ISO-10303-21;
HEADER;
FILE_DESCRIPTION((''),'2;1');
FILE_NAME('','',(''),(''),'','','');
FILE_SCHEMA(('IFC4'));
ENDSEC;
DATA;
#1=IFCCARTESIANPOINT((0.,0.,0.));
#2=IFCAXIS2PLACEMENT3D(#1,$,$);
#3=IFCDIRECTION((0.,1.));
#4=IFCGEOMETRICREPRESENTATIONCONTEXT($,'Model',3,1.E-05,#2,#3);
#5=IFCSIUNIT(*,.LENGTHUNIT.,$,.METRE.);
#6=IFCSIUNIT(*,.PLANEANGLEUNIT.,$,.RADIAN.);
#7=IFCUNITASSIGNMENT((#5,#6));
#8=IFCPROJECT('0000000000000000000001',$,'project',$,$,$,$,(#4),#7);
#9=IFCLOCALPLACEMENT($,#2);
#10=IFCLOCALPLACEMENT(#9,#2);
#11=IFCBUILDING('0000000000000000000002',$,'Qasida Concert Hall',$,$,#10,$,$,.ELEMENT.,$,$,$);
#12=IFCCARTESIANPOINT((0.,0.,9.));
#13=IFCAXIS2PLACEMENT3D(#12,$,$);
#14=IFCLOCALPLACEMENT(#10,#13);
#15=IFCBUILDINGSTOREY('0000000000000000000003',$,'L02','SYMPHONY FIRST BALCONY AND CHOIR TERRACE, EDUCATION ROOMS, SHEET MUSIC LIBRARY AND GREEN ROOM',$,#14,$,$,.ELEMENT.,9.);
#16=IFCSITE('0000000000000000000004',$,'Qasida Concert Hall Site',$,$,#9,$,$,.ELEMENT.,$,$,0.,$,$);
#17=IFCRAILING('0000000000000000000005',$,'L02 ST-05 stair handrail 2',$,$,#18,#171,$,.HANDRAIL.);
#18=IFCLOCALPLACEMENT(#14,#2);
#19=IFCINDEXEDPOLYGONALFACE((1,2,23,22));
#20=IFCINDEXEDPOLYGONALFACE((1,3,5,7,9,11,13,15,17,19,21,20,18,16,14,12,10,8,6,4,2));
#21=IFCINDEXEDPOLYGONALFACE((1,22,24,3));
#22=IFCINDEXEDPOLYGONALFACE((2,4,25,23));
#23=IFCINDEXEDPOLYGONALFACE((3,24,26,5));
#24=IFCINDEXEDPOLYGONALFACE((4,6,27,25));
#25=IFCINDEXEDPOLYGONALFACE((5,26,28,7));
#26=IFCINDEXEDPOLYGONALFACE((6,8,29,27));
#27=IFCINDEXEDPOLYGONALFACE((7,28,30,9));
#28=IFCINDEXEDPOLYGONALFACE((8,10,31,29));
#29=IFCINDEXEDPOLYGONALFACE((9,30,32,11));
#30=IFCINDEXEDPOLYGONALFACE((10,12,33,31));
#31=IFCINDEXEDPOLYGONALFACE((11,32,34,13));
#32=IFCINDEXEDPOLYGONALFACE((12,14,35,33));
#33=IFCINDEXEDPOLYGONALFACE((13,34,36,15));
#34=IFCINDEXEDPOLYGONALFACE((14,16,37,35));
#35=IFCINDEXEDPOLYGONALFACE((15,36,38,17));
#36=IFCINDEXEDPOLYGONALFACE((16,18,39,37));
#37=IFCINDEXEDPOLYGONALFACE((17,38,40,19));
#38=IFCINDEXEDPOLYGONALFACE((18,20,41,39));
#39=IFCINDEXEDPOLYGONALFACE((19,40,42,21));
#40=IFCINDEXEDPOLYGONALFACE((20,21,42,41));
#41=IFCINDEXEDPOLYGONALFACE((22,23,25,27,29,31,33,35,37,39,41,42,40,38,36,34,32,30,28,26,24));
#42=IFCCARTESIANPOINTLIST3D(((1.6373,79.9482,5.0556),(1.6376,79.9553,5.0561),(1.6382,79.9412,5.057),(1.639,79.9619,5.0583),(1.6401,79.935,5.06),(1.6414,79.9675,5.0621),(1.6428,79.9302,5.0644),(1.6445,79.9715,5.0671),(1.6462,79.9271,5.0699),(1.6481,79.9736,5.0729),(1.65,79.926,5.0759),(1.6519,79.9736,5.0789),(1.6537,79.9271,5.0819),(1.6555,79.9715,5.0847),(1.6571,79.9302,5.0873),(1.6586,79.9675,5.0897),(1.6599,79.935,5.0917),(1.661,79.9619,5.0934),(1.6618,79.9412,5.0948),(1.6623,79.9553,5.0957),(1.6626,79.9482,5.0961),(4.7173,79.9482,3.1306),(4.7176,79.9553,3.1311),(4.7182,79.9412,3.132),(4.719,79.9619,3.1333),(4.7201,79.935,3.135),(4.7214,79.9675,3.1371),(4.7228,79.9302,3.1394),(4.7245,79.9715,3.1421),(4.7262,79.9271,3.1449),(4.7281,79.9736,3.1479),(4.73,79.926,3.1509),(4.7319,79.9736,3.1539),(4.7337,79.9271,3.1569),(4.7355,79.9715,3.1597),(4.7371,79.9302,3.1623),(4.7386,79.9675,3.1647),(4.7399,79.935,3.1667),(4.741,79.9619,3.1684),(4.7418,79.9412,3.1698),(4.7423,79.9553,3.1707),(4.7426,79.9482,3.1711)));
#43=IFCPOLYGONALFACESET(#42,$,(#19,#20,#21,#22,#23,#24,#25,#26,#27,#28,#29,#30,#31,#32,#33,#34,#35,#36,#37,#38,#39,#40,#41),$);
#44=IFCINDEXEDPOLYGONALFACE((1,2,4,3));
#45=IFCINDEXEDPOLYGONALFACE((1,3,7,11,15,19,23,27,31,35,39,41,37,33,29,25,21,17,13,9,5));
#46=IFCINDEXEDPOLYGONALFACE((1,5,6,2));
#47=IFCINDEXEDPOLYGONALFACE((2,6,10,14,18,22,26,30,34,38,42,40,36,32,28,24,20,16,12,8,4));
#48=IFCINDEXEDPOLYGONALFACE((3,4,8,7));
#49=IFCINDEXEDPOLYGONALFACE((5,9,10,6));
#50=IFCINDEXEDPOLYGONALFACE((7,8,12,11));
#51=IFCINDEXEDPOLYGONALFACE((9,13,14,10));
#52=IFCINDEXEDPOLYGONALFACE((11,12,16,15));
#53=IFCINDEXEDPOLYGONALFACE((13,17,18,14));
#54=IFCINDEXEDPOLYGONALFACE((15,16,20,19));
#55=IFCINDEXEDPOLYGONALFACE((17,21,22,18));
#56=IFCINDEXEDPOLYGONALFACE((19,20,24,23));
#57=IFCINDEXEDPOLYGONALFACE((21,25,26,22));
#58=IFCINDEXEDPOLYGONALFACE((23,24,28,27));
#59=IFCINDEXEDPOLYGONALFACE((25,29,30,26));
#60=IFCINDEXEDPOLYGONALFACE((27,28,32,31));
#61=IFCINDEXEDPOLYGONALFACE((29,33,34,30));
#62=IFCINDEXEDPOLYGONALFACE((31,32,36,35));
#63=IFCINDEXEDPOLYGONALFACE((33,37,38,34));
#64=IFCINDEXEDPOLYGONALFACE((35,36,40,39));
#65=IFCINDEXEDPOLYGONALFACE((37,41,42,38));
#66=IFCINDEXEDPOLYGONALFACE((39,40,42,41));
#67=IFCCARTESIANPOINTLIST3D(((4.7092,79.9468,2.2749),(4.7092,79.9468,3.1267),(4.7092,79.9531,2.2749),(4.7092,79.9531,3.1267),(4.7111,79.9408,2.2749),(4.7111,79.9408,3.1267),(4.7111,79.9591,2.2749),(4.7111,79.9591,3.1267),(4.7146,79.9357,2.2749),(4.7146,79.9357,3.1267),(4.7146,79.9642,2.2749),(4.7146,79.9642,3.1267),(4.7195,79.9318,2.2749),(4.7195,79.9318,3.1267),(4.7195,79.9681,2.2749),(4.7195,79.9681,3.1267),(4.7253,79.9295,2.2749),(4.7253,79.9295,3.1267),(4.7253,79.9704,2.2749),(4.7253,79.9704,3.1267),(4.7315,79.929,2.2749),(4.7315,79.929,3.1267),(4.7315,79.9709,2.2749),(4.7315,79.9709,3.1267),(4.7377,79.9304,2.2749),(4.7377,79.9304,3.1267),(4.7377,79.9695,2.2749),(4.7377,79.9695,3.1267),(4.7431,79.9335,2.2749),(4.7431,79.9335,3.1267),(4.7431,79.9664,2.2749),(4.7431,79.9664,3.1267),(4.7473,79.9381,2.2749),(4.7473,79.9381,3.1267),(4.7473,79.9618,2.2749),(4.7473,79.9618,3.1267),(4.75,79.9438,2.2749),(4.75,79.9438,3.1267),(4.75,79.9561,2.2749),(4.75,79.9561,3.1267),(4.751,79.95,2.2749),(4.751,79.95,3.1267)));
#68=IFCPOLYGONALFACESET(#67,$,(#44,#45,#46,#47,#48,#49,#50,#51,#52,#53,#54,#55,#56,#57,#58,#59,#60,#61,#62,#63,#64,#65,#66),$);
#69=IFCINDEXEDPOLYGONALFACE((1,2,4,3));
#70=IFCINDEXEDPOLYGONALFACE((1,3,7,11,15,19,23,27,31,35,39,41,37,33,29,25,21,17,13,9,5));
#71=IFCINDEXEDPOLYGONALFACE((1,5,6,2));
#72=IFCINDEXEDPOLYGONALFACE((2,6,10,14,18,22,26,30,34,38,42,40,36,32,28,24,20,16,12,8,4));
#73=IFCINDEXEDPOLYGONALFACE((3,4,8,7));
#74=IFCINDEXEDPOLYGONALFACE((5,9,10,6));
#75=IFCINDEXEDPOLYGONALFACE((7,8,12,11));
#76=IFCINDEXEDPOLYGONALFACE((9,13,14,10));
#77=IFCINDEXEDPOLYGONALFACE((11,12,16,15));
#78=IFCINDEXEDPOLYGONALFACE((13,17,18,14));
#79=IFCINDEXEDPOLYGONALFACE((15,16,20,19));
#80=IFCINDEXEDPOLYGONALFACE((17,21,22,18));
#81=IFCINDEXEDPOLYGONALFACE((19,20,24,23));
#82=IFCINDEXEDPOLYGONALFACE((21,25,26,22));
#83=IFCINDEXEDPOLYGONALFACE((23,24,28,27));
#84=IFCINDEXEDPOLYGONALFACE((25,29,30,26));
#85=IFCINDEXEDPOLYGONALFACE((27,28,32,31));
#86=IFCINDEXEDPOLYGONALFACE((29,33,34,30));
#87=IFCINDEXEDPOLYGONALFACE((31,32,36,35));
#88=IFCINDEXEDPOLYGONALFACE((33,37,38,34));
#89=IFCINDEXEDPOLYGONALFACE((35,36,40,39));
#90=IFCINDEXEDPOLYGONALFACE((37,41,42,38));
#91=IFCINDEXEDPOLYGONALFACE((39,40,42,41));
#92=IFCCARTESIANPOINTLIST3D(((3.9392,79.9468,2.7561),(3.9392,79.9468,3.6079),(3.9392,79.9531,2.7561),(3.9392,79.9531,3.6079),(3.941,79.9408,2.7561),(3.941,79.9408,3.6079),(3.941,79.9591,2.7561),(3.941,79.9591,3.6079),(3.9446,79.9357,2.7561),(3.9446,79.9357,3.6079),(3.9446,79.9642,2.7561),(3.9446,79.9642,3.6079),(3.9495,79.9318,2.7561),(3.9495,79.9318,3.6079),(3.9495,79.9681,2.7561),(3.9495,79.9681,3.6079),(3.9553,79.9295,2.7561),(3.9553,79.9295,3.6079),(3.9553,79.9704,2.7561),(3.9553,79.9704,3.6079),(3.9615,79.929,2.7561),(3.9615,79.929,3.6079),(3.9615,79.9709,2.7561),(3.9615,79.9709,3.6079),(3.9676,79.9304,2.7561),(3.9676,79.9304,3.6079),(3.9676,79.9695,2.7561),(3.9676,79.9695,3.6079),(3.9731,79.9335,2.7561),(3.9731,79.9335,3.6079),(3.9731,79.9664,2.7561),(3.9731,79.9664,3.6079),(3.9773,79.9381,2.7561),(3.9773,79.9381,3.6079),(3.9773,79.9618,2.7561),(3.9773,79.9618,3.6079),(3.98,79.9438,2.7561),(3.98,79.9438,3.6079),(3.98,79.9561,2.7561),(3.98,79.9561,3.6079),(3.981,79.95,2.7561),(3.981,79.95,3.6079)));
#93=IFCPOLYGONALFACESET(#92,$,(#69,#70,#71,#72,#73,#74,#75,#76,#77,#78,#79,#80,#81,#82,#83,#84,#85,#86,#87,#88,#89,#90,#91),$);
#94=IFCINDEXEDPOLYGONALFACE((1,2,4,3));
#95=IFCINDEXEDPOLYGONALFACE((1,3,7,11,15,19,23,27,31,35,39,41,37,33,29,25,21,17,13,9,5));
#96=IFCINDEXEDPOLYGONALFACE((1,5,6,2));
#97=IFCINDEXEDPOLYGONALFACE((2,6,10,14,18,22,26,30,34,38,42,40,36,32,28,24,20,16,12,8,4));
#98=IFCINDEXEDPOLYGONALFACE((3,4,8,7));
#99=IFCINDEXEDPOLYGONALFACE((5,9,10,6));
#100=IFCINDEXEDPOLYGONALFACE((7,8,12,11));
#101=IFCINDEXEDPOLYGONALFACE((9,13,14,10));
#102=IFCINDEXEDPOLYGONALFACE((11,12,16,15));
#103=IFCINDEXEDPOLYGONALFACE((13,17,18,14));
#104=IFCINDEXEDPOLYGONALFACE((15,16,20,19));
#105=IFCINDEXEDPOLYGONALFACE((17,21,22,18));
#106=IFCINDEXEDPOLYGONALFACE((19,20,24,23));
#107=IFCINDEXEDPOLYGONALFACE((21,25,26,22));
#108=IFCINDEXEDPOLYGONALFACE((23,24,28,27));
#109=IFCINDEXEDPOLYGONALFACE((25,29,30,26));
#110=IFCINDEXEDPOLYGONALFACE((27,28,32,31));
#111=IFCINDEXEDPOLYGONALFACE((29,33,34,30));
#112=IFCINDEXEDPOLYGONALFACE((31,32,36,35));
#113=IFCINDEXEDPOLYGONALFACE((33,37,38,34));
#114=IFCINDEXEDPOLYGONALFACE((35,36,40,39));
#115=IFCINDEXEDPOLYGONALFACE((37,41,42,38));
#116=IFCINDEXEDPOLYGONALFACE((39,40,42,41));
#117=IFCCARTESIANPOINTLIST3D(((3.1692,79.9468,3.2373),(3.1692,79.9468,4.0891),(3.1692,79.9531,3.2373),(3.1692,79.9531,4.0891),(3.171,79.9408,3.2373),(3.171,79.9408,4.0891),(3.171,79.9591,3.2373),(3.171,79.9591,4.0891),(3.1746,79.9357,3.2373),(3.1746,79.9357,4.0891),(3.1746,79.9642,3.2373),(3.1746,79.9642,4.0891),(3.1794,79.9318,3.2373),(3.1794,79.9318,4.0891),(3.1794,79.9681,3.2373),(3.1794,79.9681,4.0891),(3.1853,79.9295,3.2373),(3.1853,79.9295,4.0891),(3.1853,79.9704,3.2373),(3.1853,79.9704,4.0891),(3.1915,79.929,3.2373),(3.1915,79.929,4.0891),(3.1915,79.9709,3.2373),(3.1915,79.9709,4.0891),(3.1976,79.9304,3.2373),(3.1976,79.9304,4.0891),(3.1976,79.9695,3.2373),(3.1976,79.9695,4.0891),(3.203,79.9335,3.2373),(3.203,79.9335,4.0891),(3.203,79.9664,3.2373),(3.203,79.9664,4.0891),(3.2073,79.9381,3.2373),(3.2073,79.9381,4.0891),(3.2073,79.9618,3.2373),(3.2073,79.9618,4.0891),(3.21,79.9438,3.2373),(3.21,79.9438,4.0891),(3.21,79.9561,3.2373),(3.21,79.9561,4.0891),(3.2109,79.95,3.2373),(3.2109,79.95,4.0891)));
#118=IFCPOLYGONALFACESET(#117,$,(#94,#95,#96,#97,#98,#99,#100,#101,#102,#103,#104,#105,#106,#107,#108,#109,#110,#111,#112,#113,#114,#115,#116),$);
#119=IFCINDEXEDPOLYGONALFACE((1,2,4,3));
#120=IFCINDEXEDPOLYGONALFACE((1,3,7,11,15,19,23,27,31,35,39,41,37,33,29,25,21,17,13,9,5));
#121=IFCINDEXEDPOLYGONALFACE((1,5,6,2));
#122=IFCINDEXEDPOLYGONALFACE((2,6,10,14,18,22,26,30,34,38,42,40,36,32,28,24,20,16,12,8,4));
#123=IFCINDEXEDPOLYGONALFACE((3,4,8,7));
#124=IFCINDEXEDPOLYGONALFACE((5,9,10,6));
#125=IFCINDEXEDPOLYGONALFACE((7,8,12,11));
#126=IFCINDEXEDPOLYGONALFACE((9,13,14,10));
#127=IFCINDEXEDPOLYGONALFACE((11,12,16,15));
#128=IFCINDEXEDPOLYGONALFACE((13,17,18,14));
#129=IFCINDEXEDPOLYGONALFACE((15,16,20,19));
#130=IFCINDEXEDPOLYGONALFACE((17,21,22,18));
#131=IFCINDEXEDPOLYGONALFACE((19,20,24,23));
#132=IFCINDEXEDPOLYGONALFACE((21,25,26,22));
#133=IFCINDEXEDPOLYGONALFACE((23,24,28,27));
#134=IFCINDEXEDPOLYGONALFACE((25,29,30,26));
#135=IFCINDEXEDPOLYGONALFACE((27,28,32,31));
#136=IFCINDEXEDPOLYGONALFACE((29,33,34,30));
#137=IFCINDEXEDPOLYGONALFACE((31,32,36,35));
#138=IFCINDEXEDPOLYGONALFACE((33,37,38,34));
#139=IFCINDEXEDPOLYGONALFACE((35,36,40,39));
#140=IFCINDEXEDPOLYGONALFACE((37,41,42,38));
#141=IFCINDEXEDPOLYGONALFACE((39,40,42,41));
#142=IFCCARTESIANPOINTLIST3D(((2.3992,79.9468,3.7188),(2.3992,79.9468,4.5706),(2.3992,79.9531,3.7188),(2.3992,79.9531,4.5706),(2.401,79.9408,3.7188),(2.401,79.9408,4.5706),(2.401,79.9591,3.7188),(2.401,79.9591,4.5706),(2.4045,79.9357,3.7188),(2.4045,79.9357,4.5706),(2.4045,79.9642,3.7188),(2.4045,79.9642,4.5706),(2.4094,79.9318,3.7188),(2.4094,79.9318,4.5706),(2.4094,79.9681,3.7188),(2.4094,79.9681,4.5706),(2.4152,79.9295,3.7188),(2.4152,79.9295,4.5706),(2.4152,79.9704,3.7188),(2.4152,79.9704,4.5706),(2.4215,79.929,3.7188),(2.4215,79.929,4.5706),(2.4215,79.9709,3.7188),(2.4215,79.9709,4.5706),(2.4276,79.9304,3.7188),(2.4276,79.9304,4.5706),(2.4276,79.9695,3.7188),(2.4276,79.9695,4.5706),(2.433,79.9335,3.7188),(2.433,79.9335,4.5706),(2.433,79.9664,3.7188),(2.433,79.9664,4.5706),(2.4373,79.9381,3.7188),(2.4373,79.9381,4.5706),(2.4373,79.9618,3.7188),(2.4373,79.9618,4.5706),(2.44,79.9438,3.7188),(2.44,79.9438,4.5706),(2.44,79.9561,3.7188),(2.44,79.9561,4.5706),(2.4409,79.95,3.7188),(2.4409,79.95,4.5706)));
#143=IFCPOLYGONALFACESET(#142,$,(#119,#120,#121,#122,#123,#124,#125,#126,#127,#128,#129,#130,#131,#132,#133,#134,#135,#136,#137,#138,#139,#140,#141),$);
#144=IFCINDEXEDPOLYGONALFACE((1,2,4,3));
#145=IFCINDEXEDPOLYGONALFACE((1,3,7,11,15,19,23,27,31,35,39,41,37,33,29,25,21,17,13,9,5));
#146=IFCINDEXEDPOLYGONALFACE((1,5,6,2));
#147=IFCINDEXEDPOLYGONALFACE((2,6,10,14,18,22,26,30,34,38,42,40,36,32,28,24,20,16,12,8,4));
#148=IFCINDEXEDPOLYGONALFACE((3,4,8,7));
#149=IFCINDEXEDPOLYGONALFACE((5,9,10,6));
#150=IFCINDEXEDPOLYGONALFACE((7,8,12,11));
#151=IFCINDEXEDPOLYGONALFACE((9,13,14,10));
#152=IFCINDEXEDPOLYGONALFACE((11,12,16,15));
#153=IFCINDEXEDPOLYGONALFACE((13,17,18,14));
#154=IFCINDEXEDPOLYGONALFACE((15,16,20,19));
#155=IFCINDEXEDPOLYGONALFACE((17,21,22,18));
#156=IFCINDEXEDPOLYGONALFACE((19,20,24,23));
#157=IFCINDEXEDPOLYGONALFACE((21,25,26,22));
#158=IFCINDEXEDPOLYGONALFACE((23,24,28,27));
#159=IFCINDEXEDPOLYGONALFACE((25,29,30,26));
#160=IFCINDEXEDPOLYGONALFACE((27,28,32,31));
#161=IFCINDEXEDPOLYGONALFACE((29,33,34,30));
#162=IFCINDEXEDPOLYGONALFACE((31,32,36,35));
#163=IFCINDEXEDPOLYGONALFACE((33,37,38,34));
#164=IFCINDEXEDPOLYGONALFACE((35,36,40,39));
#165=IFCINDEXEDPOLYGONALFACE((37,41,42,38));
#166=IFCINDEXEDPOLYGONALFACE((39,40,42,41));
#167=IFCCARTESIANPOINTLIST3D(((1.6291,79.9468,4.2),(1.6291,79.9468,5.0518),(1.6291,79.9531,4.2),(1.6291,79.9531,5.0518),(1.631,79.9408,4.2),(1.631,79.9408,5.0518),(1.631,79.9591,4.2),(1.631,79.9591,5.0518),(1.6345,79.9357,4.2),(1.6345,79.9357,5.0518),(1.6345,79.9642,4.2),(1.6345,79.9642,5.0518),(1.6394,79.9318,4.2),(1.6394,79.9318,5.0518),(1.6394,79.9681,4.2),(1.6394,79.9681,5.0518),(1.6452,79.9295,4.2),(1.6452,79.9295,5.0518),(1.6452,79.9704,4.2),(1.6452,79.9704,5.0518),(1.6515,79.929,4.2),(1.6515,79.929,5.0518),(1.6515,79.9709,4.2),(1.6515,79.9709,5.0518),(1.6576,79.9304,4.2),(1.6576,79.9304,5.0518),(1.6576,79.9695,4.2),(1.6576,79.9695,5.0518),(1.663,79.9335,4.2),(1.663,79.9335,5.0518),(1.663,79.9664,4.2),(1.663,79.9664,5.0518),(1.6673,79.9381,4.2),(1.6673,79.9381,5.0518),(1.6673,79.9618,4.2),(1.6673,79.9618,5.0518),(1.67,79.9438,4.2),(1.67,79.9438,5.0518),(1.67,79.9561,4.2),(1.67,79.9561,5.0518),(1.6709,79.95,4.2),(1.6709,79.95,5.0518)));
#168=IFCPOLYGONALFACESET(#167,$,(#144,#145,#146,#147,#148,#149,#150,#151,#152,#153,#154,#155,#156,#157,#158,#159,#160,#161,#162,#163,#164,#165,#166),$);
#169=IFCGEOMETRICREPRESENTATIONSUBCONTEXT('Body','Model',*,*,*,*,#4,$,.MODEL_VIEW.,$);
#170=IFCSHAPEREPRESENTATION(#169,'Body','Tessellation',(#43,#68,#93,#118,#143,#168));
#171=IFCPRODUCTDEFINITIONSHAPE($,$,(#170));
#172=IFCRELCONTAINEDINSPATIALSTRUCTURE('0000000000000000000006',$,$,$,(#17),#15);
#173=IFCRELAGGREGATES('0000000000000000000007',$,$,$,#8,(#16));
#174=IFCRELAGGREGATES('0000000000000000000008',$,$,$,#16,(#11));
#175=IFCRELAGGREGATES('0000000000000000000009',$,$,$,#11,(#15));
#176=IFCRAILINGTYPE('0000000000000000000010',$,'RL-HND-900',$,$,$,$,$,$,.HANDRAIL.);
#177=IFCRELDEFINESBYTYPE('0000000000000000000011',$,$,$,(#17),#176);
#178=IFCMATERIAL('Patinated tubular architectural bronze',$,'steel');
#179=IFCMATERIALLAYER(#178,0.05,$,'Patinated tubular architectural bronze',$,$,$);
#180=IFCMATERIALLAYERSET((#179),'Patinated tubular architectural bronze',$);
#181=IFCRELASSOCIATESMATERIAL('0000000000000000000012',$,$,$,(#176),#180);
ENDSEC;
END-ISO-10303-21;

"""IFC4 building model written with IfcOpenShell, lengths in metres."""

from ifc_helpers import new_model, si_unit, direction, frame, origin, origin_2d, place, context, subcontext, project, spatial, circle, extrude, material, layer, layer_set, type_object, element, save


model = new_model("IFC4")

# Units and contexts
model_context = context("Model", 3, precision=1e-05, world=origin(), true_north=direction((0.0, 1.0)))
body_context = subcontext(model_context, "Body", "Model", "MODEL_VIEW")
ifc_project = project(units=[si_unit("LENGTHUNIT", "METRE"), si_unit("PLANEANGLEUNIT", "RADIAN")], contexts=[model_context])

# Site, building, storey
site_placement = place(None, origin())
site = spatial("IfcSite", under=ifc_project, at=site_placement, Name="Qasida Concert Hall Site", CompositionType="ELEMENT", RefElevation=0.0)
building_placement = place(site_placement, origin())
building = spatial("IfcBuilding", under=site, at=building_placement, Name="Qasida Concert Hall", CompositionType="ELEMENT")
storey_placement = place(building_placement, frame((0.0, 0.0, 9.0)))
storey = spatial("IfcBuildingStorey", under=building, at=storey_placement, Name="L02", Description="SYMPHONY FIRST BALCONY AND CHOIR TERRACE, EDUCATION ROOMS, SHEET MUSIC LIBRARY AND GREEN ROOM", CompositionType="ELEMENT", Elevation=9.0)

# Railing
ifc_material_1 = material(Name="Patinated tubular architectural bronze", Category="steel")
ifc_layer_1 = layer(ifc_material_1, 0.05, Name="Patinated tubular architectural bronze")
ifc_layer_set_1 = layer_set([ifc_layer_1], Name="Patinated tubular architectural bronze")
railing_type_1 = type_object("IfcRailingType", Name="RL-HND-900", PredefinedType="HANDRAIL", material=ifc_layer_set_1)
railing_1_placement = place(storey_placement, frame((4.73, 79.95, 2.2749)))
element("IfcRailing", 1, at=railing_1_placement, inside=storey, type_object=railing_type_1, Name="L02 ST-05 stair handrail 2", PredefinedType="HANDRAIL", context=body_context, shape_type="SweptSolid", body=[
    extrude(circle(Radius=0.0239, at=origin_2d()), frame((0.0, 0.0, 0.876), z_axis=(-0.847998, 0.0, 0.529999), x_axis=(0.0, -1.0, 0.0)), (0.0, 0.0, 1.0), 3.6321),
    extrude(circle(Radius=0.021, at=origin_2d()), origin(), (0.0, 0.0, 1.0), 0.8518),
    extrude(circle(Radius=0.021, at=origin_2d()), frame((-0.77, 0.0, 0.4812)), (0.0, 0.0, 1.0), 0.8518),
    extrude(circle(Radius=0.021, at=origin_2d()), frame((-1.54, 0.0, 0.9624)), (0.0, 0.0, 1.0), 0.8518),
    extrude(circle(Radius=0.021, at=origin_2d()), frame((-2.3101, 0.0, 1.4438)), (0.0, 0.0, 1.0), 0.8518),
    extrude(circle(Radius=0.021, at=origin_2d()), frame((-3.0801, 0.0, 1.925)), (0.0, 0.0, 1.0), 0.8518),
])

save(model, "model.ifc")
